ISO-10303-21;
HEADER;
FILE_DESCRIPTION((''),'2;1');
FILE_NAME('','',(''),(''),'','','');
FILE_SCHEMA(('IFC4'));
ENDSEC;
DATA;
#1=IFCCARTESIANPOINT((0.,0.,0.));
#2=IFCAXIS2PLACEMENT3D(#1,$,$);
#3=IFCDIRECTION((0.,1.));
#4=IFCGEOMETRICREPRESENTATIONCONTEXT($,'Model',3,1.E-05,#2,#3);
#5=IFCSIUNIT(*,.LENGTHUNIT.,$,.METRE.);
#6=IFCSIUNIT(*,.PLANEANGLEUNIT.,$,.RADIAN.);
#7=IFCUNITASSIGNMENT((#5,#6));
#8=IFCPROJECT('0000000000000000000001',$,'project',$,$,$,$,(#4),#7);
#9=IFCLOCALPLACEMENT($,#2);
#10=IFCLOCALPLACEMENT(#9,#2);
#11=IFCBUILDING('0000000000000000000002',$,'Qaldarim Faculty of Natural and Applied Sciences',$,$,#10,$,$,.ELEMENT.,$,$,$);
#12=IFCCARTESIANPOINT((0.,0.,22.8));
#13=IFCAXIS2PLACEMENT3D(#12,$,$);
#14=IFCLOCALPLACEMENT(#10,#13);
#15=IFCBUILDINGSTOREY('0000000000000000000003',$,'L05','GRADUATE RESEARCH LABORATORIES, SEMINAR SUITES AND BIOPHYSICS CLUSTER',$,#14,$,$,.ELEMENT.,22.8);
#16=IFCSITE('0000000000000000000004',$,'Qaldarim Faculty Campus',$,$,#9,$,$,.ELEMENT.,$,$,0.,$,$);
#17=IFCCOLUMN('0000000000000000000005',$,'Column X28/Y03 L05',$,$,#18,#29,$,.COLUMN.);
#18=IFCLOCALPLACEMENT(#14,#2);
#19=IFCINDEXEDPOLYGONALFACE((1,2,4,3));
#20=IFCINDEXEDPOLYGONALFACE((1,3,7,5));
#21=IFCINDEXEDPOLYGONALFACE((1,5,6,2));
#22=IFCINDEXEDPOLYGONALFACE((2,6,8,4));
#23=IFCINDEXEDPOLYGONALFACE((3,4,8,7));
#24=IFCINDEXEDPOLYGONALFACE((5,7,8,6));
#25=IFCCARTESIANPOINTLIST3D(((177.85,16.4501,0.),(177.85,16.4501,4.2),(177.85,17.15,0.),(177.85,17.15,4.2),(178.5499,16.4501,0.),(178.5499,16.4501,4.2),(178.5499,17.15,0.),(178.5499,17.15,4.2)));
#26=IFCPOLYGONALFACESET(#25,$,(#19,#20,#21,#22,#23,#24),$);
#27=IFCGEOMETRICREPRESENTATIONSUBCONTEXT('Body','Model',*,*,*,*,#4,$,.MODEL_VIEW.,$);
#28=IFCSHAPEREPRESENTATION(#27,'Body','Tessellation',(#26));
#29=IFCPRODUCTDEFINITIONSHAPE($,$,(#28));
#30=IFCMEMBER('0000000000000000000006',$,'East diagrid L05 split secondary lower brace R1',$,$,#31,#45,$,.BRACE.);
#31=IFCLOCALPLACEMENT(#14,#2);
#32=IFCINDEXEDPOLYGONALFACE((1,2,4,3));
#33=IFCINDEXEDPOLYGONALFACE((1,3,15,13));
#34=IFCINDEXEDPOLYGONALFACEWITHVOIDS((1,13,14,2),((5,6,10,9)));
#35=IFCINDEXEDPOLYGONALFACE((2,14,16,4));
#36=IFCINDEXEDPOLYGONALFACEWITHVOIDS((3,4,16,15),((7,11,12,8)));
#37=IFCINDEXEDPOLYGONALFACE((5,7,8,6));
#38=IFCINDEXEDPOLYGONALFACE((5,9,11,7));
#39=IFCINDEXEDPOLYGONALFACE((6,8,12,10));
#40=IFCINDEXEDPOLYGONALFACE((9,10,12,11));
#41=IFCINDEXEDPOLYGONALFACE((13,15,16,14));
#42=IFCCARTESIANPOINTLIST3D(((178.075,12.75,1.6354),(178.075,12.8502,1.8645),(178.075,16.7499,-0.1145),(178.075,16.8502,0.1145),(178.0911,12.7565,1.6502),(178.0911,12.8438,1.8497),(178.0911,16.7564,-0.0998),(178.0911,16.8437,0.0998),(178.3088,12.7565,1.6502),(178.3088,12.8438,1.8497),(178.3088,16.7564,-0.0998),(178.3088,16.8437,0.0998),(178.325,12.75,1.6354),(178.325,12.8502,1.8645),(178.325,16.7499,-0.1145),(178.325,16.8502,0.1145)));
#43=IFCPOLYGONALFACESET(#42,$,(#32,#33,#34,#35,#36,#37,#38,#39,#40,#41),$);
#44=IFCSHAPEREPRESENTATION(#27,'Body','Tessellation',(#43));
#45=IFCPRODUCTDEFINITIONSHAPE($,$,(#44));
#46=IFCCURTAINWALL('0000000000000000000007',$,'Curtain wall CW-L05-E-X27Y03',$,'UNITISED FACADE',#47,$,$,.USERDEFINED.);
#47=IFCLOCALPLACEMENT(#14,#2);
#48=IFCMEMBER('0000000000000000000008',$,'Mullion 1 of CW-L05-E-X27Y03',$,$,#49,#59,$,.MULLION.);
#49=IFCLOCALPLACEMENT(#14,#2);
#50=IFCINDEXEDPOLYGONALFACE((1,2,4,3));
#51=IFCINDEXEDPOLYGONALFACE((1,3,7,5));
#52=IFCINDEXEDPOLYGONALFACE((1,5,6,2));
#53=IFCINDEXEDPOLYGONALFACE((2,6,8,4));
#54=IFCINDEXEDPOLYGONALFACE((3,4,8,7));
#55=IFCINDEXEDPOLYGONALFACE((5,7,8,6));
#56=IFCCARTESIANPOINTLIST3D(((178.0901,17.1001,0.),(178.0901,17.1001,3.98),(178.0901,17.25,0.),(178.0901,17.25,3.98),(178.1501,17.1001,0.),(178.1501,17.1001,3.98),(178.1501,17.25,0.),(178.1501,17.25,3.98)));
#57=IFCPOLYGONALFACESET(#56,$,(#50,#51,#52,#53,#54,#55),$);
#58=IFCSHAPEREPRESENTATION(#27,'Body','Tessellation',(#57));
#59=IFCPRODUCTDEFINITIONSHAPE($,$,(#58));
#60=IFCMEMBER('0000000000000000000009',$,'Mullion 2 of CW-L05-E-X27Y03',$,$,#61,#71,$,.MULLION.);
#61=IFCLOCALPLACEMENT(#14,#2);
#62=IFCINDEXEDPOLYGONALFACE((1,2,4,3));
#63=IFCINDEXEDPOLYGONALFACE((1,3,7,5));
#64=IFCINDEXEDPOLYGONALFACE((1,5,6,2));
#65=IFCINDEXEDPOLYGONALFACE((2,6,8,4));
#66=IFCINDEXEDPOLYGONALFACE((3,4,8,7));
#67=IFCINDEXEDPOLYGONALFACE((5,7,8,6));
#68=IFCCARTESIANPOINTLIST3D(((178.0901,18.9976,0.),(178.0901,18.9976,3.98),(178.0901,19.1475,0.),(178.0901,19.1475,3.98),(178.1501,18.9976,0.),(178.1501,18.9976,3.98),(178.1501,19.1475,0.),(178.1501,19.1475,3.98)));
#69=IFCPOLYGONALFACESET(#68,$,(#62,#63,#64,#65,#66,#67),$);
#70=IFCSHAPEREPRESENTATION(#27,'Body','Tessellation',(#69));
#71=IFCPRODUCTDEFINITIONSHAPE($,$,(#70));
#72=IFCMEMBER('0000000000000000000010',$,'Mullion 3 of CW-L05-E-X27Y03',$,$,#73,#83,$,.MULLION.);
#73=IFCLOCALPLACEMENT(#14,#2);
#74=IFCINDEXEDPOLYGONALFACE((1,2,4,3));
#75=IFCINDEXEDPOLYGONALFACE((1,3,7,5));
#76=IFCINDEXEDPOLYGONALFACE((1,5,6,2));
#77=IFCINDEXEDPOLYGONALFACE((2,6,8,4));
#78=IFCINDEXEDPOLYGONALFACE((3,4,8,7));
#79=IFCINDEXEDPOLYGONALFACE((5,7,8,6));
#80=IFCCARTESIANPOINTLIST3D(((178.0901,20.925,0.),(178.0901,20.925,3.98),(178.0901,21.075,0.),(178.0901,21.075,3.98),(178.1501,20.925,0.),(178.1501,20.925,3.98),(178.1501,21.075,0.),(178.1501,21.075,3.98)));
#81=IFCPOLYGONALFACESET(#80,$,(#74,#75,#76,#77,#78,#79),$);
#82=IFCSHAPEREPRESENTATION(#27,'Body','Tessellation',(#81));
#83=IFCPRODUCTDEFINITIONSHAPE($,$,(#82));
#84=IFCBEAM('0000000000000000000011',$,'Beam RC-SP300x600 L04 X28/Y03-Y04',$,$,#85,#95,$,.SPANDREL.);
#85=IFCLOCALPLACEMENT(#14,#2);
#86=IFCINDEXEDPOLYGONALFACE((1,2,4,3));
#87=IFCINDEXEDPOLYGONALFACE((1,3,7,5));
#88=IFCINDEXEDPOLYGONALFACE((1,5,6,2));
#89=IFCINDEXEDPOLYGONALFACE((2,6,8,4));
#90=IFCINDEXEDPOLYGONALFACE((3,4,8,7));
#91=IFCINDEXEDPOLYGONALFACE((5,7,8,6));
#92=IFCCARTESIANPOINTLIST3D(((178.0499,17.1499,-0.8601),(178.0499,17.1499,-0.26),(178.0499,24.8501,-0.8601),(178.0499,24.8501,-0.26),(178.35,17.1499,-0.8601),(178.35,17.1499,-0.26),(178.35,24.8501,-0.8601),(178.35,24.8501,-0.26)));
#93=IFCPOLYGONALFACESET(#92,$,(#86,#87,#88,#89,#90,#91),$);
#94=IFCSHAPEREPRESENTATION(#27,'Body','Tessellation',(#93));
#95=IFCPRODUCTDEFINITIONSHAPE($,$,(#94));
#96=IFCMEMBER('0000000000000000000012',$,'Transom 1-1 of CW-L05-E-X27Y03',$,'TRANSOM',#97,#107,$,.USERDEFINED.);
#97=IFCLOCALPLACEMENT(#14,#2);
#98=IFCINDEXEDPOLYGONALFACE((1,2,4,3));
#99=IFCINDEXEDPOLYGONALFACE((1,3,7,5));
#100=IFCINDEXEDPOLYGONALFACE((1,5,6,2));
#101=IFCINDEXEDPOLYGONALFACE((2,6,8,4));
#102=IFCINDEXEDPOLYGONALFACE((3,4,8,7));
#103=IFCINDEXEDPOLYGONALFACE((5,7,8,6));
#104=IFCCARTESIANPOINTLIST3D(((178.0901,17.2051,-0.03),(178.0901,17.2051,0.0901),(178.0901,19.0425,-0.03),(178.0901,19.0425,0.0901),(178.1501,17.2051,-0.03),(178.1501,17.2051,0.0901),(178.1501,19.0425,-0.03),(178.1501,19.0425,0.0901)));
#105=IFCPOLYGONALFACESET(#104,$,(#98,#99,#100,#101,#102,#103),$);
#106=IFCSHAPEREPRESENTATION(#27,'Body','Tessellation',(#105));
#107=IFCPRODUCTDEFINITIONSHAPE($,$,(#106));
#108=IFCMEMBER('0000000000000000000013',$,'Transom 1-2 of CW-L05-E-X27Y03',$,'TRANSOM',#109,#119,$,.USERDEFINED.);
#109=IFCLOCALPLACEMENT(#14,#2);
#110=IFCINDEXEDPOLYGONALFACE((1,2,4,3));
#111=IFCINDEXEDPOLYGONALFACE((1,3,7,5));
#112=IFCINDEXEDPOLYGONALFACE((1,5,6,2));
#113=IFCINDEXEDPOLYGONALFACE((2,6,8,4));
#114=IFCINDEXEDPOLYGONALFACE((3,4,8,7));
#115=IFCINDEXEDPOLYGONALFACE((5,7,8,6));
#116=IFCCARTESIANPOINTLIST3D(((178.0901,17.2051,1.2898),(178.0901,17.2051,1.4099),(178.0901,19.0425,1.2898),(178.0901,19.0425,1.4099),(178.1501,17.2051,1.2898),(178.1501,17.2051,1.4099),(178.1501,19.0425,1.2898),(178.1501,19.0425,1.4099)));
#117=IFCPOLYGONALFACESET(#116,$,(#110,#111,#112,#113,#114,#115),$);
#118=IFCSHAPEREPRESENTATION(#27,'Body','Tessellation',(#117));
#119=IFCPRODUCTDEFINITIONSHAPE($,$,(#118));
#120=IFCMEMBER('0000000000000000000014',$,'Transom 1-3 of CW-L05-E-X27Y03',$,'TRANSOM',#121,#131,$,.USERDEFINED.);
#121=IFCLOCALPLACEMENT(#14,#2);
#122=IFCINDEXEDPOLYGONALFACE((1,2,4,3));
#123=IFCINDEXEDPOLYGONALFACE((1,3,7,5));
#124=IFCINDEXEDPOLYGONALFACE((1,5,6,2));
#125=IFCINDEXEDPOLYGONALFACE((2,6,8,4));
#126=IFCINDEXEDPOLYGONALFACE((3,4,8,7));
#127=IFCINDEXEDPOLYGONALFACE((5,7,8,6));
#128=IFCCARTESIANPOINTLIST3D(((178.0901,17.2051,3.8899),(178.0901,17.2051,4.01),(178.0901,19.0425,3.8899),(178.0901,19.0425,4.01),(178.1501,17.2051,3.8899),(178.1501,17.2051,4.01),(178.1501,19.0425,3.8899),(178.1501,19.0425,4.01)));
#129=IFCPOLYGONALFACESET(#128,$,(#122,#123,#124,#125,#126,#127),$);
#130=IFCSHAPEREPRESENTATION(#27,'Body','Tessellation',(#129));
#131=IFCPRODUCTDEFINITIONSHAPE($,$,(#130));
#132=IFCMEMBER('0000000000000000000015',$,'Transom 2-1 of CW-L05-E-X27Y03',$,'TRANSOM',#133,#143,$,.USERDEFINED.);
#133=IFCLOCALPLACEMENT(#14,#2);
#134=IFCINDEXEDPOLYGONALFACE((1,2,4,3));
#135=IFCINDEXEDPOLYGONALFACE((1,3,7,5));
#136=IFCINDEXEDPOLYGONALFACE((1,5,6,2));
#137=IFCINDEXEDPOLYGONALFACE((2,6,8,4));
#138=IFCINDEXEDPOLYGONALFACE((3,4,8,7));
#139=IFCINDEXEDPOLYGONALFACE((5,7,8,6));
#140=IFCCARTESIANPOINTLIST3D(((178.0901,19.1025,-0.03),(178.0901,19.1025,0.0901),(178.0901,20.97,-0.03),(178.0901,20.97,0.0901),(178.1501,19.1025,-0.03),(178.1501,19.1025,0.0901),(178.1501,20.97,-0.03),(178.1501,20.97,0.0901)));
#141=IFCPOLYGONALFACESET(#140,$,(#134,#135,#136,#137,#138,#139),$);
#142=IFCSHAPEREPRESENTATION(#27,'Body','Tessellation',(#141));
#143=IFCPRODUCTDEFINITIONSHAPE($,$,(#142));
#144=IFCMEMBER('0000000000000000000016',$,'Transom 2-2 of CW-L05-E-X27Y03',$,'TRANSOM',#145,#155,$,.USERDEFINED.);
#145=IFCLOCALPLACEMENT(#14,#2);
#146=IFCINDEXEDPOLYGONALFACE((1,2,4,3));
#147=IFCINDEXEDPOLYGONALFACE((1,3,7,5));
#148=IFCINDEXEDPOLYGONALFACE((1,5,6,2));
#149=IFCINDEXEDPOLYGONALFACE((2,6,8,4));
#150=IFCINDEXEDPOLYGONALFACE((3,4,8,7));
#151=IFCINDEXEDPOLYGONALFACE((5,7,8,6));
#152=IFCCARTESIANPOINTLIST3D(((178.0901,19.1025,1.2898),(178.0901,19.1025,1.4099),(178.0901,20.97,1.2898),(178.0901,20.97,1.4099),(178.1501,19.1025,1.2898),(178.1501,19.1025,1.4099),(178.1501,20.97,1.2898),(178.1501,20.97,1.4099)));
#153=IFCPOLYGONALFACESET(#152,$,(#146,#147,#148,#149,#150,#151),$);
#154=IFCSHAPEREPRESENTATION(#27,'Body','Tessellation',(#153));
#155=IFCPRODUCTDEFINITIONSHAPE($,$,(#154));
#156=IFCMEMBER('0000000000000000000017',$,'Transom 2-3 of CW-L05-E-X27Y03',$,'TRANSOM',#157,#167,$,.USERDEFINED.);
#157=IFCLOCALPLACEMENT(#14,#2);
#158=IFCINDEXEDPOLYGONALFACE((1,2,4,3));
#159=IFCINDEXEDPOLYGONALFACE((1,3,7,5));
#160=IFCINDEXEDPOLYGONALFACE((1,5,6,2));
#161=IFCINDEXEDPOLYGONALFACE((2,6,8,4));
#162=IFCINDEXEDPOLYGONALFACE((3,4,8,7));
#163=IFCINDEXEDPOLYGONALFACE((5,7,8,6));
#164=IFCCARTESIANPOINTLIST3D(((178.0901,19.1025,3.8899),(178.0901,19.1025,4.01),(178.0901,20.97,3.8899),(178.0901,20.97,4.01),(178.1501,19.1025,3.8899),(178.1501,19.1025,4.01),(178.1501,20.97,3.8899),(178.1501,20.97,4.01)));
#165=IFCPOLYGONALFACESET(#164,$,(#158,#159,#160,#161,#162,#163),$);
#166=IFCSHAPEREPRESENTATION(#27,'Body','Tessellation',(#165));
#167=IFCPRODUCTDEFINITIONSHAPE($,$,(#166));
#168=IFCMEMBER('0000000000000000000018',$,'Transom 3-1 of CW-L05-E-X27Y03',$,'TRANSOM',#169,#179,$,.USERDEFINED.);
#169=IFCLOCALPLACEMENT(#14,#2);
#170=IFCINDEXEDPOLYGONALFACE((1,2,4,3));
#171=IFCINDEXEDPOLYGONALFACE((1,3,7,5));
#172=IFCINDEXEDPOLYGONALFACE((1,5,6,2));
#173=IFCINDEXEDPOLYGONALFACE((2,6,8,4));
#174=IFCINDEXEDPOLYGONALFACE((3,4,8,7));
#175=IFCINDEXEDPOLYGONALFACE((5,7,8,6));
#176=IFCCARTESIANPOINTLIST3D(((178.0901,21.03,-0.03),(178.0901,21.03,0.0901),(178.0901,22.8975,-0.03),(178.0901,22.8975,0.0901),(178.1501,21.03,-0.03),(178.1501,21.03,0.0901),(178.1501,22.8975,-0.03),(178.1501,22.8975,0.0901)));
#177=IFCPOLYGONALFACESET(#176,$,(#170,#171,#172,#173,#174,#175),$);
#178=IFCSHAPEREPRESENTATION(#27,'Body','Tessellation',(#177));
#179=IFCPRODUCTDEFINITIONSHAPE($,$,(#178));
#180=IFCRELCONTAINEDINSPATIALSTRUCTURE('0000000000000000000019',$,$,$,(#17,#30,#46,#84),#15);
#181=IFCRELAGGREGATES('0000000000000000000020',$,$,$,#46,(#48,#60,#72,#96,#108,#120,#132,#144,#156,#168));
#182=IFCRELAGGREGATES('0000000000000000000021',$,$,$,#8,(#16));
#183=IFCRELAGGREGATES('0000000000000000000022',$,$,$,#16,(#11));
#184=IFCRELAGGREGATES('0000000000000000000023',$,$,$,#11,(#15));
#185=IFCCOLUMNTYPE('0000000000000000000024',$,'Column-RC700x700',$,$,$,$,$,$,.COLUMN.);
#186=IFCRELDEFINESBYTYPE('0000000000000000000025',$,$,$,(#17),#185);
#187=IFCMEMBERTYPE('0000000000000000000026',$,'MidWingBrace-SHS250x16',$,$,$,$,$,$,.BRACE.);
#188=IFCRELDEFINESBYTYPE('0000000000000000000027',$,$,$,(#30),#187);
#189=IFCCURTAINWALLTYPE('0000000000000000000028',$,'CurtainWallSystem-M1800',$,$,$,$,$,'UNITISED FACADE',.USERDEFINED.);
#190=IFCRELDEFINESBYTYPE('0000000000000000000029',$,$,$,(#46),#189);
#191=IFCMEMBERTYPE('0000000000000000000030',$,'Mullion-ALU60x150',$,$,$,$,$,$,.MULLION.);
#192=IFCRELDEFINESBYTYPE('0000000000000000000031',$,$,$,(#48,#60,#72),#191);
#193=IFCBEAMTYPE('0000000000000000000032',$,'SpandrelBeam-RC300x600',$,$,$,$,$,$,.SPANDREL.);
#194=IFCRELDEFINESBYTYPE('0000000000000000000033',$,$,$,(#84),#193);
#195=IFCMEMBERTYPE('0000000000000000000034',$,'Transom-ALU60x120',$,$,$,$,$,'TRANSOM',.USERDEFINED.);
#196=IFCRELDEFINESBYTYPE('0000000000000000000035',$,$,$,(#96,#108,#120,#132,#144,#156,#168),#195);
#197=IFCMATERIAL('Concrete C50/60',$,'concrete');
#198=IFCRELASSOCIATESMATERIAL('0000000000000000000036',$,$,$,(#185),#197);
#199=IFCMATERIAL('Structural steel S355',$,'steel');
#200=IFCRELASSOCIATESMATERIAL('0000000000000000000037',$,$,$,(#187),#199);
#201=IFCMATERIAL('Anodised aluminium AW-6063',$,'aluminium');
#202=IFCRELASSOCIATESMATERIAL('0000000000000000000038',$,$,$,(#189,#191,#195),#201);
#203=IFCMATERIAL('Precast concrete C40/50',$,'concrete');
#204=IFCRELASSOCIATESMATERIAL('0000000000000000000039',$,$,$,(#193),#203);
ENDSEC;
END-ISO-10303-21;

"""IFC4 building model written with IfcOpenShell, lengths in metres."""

from ifc_helpers import new_model, si_unit, direction, frame, origin, origin_2d, place, context, subcontext, project, spatial, rectangle, hollow_rectangle, extrude, material, material_profile, profile_set, type_object, element, aggregate, save


model = new_model("IFC4")

# Units and contexts
model_context = context("Model", 3, precision=1e-05, world=origin(), true_north=direction((0.0, 1.0)))
body_context = subcontext(model_context, "Body", "Model", "MODEL_VIEW")
ifc_project = project(units=[si_unit("LENGTHUNIT", "METRE"), si_unit("PLANEANGLEUNIT", "RADIAN")], contexts=[model_context])

# Site, building, storey
site_placement = place(None, origin())
site = spatial("IfcSite", under=ifc_project, at=site_placement, Name="Qaldarim Faculty Campus", CompositionType="ELEMENT", RefElevation=0.0)
building_placement = place(site_placement, origin())
building = spatial("IfcBuilding", under=site, at=building_placement, Name="Qaldarim Faculty of Natural and Applied Sciences", CompositionType="ELEMENT")
storey_placement = place(building_placement, frame((0.0, 0.0, 22.8)))
storey = spatial("IfcBuildingStorey", under=building, at=storey_placement, Name="L05", Description="GRADUATE RESEARCH LABORATORIES, SEMINAR SUITES AND BIOPHYSICS CLUSTER", CompositionType="ELEMENT", Elevation=22.8)

# Column
ifc_material_1 = material(Name="Concrete C50/60", Category="concrete")
ifc_material_profile_1 = material_profile(ifc_material_1, rectangle(XDim=0.7, YDim=0.7, at=origin_2d()), Name="RC-C700x700")
ifc_profile_set_1 = profile_set([ifc_material_profile_1], Name="Concrete C50/60")
column_type = type_object("IfcColumnType", Name="Column-RC700x700", PredefinedType="COLUMN", material=ifc_profile_set_1)
column_placement = place(storey_placement, frame((178.2, 16.8, 0.0), z_axis=(0.0, 0.0, 1.0), x_axis=(1.0, 0.0, 0.0)))
element("IfcColumn", 1, at=column_placement, inside=storey, type_object=column_type, Name="Column X28/Y03 L05", PredefinedType="COLUMN", context=body_context, shape_type="SweptSolid", body=[
    extrude(rectangle(XDim=0.7, YDim=0.7, at=origin_2d()), origin(), (0.0, 0.0, 1.0), 4.2),
])

# Member
ifc_material_2 = material(Name="Structural steel S355", Category="steel")
ifc_material_profile_2 = material_profile(ifc_material_2, hollow_rectangle(XDim=0.25, YDim=0.25, WallThickness=0.0161, at=origin_2d()), Name="SHS 250x250x16.0")
ifc_profile_set_2 = profile_set([ifc_material_profile_2], Name="Structural steel S355")
member_type_1 = type_object("IfcMemberType", Name="MidWingBrace-SHS250x16", PredefinedType="BRACE", material=ifc_profile_set_2)
member_1_placement = place(storey_placement, frame((178.2, 16.8, 0.0), z_axis=(0.0, -0.916157, 0.400819), x_axis=(1.0, 0.0, 0.0)))
element("IfcMember", 2, at=member_1_placement, inside=storey, type_object=member_type_1, Name="East diagrid L05 split secondary lower brace R1", PredefinedType="BRACE", context=body_context, shape_type="SweptSolid", body=[
    extrude(hollow_rectangle(XDim=0.25, YDim=0.25, WallThickness=0.0161, at=origin_2d()), origin(), (0.0, 0.0, 1.0), 4.366),
])

# Curtain wall, members
ifc_material_3 = material(Name="Anodised aluminium AW-6063", Category="aluminium")
curtain_wall_type = type_object("IfcCurtainWallType", Name="CurtainWallSystem-M1800", ElementType="UNITISED FACADE", PredefinedType="USERDEFINED", material=ifc_material_3)
curtain_wall_placement = place(storey_placement, origin())
curtain_wall = element("IfcCurtainWall", 3, at=curtain_wall_placement, inside=storey, type_object=curtain_wall_type, Name="Curtain wall CW-L05-E-X27Y03", ObjectType="UNITISED FACADE", PredefinedType="USERDEFINED")
ifc_material_profile_3 = material_profile(ifc_material_3, rectangle(XDim=0.0601, YDim=0.1499, at=origin_2d()), Name="ALU-M60x150")
ifc_profile_set_3 = profile_set([ifc_material_profile_3], Name="Anodised aluminium AW-6063")
member_type_2 = type_object("IfcMemberType", Name="Mullion-ALU60x150", PredefinedType="MULLION", material=ifc_profile_set_3)
member_2_placement = place(storey_placement, frame((178.1201, 17.175, 0.0), z_axis=(0.0, 0.0, 1.0), x_axis=(-1.0, 0.0, 0.0)))
member_2 = element("IfcMember", 4, at=member_2_placement, type_object=member_type_2, Name="Mullion 1 of CW-L05-E-X27Y03", PredefinedType="MULLION", context=body_context, shape_type="SweptSolid", body=[
    extrude(rectangle(XDim=0.0601, YDim=0.1499, at=origin_2d()), origin(), (0.0, 0.0, 1.0), 3.98),
])
member_3_placement = place(storey_placement, frame((178.1201, 19.0725, 0.0), z_axis=(0.0, 0.0, 1.0), x_axis=(-1.0, 0.0, 0.0)))
member_3 = element("IfcMember", 5, at=member_3_placement, type_object=member_type_2, Name="Mullion 2 of CW-L05-E-X27Y03", PredefinedType="MULLION", context=body_context, shape_type="SweptSolid", body=[
    extrude(rectangle(XDim=0.0601, YDim=0.1499, at=origin_2d()), origin(), (0.0, 0.0, 1.0), 3.98),
])
member_4_placement = place(storey_placement, frame((178.1201, 21.0, 0.0), z_axis=(0.0, 0.0, 1.0), x_axis=(-1.0, 0.0, 0.0)))
member_4 = element("IfcMember", 6, at=member_4_placement, type_object=member_type_2, Name="Mullion 3 of CW-L05-E-X27Y03", PredefinedType="MULLION", context=body_context, shape_type="SweptSolid", body=[
    extrude(rectangle(XDim=0.0601, YDim=0.1499, at=origin_2d()), origin(), (0.0, 0.0, 1.0), 3.98),
])

# Beam
ifc_material_4 = material(Name="Precast concrete C40/50", Category="concrete")
ifc_material_profile_4 = material_profile(ifc_material_4, rectangle(XDim=0.3, YDim=0.6001, at=origin_2d()), Name="RC-SP300x600")
ifc_profile_set_4 = profile_set([ifc_material_profile_4], Name="Precast concrete C40/50")
beam_type = type_object("IfcBeamType", Name="SpandrelBeam-RC300x600", PredefinedType="SPANDREL", material=ifc_profile_set_4)
beam_placement = place(storey_placement, frame((178.2, 17.1499, -0.5601), z_axis=(0.0, 1.0, 0.0), x_axis=(-1.0, 0.0, 0.0)))
element("IfcBeam", 7, at=beam_placement, inside=storey, type_object=beam_type, Name="Beam RC-SP300x600 L04 X28/Y03-Y04", PredefinedType="SPANDREL", context=body_context, shape_type="SweptSolid", body=[
    extrude(rectangle(XDim=0.3, YDim=0.6001, at=origin_2d()), origin(), (0.0, 0.0, 1.0), 7.7002),
])

# Members
ifc_material_profile_5 = material_profile(ifc_material_3, rectangle(XDim=0.0601, YDim=0.1201, at=origin_2d()), Name="ALU-T60x120")
ifc_profile_set_5 = profile_set([ifc_material_profile_5], Name="Anodised aluminium AW-6063")
member_type_3 = type_object("IfcMemberType", Name="Transom-ALU60x120", ElementType="TRANSOM", PredefinedType="USERDEFINED", material=ifc_profile_set_5)
member_5_placement = place(storey_placement, frame((178.1201, 17.2051, 0.03), z_axis=(0.0, 1.0, 0.0), x_axis=(-1.0, 0.0, 0.0)))
member_5 = element("IfcMember", 8, at=member_5_placement, type_object=member_type_3, Name="Transom 1-1 of CW-L05-E-X27Y03", ObjectType="TRANSOM", PredefinedType="USERDEFINED", context=body_context, shape_type="SweptSolid", body=[
    extrude(rectangle(XDim=0.0601, YDim=0.1201, at=origin_2d()), origin(), (0.0, 0.0, 1.0), 1.8374),
])
member_6_placement = place(storey_placement, frame((178.1201, 17.2051, 1.3499), z_axis=(0.0, 1.0, 0.0), x_axis=(-1.0, 0.0, 0.0)))
member_6 = element("IfcMember", 9, at=member_6_placement, type_object=member_type_3, Name="Transom 1-2 of CW-L05-E-X27Y03", ObjectType="TRANSOM", PredefinedType="USERDEFINED", context=body_context, shape_type="SweptSolid", body=[
    extrude(rectangle(XDim=0.0601, YDim=0.1201, at=origin_2d()), origin(), (0.0, 0.0, 1.0), 1.8374),
])
member_7_placement = place(storey_placement, frame((178.1201, 17.2051, 3.95), z_axis=(0.0, 1.0, 0.0), x_axis=(-1.0, 0.0, 0.0)))
member_7 = element("IfcMember", 10, at=member_7_placement, type_object=member_type_3, Name="Transom 1-3 of CW-L05-E-X27Y03", ObjectType="TRANSOM", PredefinedType="USERDEFINED", context=body_context, shape_type="SweptSolid", body=[
    extrude(rectangle(XDim=0.0601, YDim=0.1201, at=origin_2d()), origin(), (0.0, 0.0, 1.0), 1.8374),
])
member_8_placement = place(storey_placement, frame((178.1201, 19.1025, 0.03), z_axis=(0.0, 1.0, 0.0), x_axis=(-1.0, 0.0, 0.0)))
member_8 = element("IfcMember", 11, at=member_8_placement, type_object=member_type_3, Name="Transom 2-1 of CW-L05-E-X27Y03", ObjectType="TRANSOM", PredefinedType="USERDEFINED", context=body_context, shape_type="SweptSolid", body=[
    extrude(rectangle(XDim=0.0601, YDim=0.1201, at=origin_2d()), origin(), (0.0, 0.0, 1.0), 1.8674),
])
member_9_placement = place(storey_placement, frame((178.1201, 19.1025, 1.3499), z_axis=(0.0, 1.0, 0.0), x_axis=(-1.0, 0.0, 0.0)))
member_9 = element("IfcMember", 12, at=member_9_placement, type_object=member_type_3, Name="Transom 2-2 of CW-L05-E-X27Y03", ObjectType="TRANSOM", PredefinedType="USERDEFINED", context=body_context, shape_type="SweptSolid", body=[
    extrude(rectangle(XDim=0.0601, YDim=0.1201, at=origin_2d()), origin(), (0.0, 0.0, 1.0), 1.8674),
])
member_10_placement = place(storey_placement, frame((178.1201, 19.1025, 3.95), z_axis=(0.0, 1.0, 0.0), x_axis=(-1.0, 0.0, 0.0)))
member_10 = element("IfcMember", 13, at=member_10_placement, type_object=member_type_3, Name="Transom 2-3 of CW-L05-E-X27Y03", ObjectType="TRANSOM", PredefinedType="USERDEFINED", context=body_context, shape_type="SweptSolid", body=[
    extrude(rectangle(XDim=0.0601, YDim=0.1201, at=origin_2d()), origin(), (0.0, 0.0, 1.0), 1.8674),
])
member_11_placement = place(storey_placement, frame((178.1201, 21.03, 0.03), z_axis=(0.0, 1.0, 0.0), x_axis=(-1.0, 0.0, 0.0)))
member_11 = element("IfcMember", 14, at=member_11_placement, type_object=member_type_3, Name="Transom 3-1 of CW-L05-E-X27Y03", ObjectType="TRANSOM", PredefinedType="USERDEFINED", context=body_context, shape_type="SweptSolid", body=[
    extrude(rectangle(XDim=0.0601, YDim=0.1201, at=origin_2d()), origin(), (0.0, 0.0, 1.0), 1.8674),
])

aggregate(curtain_wall, [member_2, member_3, member_4, member_5, member_6, member_7, member_8, member_9, member_10, member_11])

save(model, "model.ifc")
